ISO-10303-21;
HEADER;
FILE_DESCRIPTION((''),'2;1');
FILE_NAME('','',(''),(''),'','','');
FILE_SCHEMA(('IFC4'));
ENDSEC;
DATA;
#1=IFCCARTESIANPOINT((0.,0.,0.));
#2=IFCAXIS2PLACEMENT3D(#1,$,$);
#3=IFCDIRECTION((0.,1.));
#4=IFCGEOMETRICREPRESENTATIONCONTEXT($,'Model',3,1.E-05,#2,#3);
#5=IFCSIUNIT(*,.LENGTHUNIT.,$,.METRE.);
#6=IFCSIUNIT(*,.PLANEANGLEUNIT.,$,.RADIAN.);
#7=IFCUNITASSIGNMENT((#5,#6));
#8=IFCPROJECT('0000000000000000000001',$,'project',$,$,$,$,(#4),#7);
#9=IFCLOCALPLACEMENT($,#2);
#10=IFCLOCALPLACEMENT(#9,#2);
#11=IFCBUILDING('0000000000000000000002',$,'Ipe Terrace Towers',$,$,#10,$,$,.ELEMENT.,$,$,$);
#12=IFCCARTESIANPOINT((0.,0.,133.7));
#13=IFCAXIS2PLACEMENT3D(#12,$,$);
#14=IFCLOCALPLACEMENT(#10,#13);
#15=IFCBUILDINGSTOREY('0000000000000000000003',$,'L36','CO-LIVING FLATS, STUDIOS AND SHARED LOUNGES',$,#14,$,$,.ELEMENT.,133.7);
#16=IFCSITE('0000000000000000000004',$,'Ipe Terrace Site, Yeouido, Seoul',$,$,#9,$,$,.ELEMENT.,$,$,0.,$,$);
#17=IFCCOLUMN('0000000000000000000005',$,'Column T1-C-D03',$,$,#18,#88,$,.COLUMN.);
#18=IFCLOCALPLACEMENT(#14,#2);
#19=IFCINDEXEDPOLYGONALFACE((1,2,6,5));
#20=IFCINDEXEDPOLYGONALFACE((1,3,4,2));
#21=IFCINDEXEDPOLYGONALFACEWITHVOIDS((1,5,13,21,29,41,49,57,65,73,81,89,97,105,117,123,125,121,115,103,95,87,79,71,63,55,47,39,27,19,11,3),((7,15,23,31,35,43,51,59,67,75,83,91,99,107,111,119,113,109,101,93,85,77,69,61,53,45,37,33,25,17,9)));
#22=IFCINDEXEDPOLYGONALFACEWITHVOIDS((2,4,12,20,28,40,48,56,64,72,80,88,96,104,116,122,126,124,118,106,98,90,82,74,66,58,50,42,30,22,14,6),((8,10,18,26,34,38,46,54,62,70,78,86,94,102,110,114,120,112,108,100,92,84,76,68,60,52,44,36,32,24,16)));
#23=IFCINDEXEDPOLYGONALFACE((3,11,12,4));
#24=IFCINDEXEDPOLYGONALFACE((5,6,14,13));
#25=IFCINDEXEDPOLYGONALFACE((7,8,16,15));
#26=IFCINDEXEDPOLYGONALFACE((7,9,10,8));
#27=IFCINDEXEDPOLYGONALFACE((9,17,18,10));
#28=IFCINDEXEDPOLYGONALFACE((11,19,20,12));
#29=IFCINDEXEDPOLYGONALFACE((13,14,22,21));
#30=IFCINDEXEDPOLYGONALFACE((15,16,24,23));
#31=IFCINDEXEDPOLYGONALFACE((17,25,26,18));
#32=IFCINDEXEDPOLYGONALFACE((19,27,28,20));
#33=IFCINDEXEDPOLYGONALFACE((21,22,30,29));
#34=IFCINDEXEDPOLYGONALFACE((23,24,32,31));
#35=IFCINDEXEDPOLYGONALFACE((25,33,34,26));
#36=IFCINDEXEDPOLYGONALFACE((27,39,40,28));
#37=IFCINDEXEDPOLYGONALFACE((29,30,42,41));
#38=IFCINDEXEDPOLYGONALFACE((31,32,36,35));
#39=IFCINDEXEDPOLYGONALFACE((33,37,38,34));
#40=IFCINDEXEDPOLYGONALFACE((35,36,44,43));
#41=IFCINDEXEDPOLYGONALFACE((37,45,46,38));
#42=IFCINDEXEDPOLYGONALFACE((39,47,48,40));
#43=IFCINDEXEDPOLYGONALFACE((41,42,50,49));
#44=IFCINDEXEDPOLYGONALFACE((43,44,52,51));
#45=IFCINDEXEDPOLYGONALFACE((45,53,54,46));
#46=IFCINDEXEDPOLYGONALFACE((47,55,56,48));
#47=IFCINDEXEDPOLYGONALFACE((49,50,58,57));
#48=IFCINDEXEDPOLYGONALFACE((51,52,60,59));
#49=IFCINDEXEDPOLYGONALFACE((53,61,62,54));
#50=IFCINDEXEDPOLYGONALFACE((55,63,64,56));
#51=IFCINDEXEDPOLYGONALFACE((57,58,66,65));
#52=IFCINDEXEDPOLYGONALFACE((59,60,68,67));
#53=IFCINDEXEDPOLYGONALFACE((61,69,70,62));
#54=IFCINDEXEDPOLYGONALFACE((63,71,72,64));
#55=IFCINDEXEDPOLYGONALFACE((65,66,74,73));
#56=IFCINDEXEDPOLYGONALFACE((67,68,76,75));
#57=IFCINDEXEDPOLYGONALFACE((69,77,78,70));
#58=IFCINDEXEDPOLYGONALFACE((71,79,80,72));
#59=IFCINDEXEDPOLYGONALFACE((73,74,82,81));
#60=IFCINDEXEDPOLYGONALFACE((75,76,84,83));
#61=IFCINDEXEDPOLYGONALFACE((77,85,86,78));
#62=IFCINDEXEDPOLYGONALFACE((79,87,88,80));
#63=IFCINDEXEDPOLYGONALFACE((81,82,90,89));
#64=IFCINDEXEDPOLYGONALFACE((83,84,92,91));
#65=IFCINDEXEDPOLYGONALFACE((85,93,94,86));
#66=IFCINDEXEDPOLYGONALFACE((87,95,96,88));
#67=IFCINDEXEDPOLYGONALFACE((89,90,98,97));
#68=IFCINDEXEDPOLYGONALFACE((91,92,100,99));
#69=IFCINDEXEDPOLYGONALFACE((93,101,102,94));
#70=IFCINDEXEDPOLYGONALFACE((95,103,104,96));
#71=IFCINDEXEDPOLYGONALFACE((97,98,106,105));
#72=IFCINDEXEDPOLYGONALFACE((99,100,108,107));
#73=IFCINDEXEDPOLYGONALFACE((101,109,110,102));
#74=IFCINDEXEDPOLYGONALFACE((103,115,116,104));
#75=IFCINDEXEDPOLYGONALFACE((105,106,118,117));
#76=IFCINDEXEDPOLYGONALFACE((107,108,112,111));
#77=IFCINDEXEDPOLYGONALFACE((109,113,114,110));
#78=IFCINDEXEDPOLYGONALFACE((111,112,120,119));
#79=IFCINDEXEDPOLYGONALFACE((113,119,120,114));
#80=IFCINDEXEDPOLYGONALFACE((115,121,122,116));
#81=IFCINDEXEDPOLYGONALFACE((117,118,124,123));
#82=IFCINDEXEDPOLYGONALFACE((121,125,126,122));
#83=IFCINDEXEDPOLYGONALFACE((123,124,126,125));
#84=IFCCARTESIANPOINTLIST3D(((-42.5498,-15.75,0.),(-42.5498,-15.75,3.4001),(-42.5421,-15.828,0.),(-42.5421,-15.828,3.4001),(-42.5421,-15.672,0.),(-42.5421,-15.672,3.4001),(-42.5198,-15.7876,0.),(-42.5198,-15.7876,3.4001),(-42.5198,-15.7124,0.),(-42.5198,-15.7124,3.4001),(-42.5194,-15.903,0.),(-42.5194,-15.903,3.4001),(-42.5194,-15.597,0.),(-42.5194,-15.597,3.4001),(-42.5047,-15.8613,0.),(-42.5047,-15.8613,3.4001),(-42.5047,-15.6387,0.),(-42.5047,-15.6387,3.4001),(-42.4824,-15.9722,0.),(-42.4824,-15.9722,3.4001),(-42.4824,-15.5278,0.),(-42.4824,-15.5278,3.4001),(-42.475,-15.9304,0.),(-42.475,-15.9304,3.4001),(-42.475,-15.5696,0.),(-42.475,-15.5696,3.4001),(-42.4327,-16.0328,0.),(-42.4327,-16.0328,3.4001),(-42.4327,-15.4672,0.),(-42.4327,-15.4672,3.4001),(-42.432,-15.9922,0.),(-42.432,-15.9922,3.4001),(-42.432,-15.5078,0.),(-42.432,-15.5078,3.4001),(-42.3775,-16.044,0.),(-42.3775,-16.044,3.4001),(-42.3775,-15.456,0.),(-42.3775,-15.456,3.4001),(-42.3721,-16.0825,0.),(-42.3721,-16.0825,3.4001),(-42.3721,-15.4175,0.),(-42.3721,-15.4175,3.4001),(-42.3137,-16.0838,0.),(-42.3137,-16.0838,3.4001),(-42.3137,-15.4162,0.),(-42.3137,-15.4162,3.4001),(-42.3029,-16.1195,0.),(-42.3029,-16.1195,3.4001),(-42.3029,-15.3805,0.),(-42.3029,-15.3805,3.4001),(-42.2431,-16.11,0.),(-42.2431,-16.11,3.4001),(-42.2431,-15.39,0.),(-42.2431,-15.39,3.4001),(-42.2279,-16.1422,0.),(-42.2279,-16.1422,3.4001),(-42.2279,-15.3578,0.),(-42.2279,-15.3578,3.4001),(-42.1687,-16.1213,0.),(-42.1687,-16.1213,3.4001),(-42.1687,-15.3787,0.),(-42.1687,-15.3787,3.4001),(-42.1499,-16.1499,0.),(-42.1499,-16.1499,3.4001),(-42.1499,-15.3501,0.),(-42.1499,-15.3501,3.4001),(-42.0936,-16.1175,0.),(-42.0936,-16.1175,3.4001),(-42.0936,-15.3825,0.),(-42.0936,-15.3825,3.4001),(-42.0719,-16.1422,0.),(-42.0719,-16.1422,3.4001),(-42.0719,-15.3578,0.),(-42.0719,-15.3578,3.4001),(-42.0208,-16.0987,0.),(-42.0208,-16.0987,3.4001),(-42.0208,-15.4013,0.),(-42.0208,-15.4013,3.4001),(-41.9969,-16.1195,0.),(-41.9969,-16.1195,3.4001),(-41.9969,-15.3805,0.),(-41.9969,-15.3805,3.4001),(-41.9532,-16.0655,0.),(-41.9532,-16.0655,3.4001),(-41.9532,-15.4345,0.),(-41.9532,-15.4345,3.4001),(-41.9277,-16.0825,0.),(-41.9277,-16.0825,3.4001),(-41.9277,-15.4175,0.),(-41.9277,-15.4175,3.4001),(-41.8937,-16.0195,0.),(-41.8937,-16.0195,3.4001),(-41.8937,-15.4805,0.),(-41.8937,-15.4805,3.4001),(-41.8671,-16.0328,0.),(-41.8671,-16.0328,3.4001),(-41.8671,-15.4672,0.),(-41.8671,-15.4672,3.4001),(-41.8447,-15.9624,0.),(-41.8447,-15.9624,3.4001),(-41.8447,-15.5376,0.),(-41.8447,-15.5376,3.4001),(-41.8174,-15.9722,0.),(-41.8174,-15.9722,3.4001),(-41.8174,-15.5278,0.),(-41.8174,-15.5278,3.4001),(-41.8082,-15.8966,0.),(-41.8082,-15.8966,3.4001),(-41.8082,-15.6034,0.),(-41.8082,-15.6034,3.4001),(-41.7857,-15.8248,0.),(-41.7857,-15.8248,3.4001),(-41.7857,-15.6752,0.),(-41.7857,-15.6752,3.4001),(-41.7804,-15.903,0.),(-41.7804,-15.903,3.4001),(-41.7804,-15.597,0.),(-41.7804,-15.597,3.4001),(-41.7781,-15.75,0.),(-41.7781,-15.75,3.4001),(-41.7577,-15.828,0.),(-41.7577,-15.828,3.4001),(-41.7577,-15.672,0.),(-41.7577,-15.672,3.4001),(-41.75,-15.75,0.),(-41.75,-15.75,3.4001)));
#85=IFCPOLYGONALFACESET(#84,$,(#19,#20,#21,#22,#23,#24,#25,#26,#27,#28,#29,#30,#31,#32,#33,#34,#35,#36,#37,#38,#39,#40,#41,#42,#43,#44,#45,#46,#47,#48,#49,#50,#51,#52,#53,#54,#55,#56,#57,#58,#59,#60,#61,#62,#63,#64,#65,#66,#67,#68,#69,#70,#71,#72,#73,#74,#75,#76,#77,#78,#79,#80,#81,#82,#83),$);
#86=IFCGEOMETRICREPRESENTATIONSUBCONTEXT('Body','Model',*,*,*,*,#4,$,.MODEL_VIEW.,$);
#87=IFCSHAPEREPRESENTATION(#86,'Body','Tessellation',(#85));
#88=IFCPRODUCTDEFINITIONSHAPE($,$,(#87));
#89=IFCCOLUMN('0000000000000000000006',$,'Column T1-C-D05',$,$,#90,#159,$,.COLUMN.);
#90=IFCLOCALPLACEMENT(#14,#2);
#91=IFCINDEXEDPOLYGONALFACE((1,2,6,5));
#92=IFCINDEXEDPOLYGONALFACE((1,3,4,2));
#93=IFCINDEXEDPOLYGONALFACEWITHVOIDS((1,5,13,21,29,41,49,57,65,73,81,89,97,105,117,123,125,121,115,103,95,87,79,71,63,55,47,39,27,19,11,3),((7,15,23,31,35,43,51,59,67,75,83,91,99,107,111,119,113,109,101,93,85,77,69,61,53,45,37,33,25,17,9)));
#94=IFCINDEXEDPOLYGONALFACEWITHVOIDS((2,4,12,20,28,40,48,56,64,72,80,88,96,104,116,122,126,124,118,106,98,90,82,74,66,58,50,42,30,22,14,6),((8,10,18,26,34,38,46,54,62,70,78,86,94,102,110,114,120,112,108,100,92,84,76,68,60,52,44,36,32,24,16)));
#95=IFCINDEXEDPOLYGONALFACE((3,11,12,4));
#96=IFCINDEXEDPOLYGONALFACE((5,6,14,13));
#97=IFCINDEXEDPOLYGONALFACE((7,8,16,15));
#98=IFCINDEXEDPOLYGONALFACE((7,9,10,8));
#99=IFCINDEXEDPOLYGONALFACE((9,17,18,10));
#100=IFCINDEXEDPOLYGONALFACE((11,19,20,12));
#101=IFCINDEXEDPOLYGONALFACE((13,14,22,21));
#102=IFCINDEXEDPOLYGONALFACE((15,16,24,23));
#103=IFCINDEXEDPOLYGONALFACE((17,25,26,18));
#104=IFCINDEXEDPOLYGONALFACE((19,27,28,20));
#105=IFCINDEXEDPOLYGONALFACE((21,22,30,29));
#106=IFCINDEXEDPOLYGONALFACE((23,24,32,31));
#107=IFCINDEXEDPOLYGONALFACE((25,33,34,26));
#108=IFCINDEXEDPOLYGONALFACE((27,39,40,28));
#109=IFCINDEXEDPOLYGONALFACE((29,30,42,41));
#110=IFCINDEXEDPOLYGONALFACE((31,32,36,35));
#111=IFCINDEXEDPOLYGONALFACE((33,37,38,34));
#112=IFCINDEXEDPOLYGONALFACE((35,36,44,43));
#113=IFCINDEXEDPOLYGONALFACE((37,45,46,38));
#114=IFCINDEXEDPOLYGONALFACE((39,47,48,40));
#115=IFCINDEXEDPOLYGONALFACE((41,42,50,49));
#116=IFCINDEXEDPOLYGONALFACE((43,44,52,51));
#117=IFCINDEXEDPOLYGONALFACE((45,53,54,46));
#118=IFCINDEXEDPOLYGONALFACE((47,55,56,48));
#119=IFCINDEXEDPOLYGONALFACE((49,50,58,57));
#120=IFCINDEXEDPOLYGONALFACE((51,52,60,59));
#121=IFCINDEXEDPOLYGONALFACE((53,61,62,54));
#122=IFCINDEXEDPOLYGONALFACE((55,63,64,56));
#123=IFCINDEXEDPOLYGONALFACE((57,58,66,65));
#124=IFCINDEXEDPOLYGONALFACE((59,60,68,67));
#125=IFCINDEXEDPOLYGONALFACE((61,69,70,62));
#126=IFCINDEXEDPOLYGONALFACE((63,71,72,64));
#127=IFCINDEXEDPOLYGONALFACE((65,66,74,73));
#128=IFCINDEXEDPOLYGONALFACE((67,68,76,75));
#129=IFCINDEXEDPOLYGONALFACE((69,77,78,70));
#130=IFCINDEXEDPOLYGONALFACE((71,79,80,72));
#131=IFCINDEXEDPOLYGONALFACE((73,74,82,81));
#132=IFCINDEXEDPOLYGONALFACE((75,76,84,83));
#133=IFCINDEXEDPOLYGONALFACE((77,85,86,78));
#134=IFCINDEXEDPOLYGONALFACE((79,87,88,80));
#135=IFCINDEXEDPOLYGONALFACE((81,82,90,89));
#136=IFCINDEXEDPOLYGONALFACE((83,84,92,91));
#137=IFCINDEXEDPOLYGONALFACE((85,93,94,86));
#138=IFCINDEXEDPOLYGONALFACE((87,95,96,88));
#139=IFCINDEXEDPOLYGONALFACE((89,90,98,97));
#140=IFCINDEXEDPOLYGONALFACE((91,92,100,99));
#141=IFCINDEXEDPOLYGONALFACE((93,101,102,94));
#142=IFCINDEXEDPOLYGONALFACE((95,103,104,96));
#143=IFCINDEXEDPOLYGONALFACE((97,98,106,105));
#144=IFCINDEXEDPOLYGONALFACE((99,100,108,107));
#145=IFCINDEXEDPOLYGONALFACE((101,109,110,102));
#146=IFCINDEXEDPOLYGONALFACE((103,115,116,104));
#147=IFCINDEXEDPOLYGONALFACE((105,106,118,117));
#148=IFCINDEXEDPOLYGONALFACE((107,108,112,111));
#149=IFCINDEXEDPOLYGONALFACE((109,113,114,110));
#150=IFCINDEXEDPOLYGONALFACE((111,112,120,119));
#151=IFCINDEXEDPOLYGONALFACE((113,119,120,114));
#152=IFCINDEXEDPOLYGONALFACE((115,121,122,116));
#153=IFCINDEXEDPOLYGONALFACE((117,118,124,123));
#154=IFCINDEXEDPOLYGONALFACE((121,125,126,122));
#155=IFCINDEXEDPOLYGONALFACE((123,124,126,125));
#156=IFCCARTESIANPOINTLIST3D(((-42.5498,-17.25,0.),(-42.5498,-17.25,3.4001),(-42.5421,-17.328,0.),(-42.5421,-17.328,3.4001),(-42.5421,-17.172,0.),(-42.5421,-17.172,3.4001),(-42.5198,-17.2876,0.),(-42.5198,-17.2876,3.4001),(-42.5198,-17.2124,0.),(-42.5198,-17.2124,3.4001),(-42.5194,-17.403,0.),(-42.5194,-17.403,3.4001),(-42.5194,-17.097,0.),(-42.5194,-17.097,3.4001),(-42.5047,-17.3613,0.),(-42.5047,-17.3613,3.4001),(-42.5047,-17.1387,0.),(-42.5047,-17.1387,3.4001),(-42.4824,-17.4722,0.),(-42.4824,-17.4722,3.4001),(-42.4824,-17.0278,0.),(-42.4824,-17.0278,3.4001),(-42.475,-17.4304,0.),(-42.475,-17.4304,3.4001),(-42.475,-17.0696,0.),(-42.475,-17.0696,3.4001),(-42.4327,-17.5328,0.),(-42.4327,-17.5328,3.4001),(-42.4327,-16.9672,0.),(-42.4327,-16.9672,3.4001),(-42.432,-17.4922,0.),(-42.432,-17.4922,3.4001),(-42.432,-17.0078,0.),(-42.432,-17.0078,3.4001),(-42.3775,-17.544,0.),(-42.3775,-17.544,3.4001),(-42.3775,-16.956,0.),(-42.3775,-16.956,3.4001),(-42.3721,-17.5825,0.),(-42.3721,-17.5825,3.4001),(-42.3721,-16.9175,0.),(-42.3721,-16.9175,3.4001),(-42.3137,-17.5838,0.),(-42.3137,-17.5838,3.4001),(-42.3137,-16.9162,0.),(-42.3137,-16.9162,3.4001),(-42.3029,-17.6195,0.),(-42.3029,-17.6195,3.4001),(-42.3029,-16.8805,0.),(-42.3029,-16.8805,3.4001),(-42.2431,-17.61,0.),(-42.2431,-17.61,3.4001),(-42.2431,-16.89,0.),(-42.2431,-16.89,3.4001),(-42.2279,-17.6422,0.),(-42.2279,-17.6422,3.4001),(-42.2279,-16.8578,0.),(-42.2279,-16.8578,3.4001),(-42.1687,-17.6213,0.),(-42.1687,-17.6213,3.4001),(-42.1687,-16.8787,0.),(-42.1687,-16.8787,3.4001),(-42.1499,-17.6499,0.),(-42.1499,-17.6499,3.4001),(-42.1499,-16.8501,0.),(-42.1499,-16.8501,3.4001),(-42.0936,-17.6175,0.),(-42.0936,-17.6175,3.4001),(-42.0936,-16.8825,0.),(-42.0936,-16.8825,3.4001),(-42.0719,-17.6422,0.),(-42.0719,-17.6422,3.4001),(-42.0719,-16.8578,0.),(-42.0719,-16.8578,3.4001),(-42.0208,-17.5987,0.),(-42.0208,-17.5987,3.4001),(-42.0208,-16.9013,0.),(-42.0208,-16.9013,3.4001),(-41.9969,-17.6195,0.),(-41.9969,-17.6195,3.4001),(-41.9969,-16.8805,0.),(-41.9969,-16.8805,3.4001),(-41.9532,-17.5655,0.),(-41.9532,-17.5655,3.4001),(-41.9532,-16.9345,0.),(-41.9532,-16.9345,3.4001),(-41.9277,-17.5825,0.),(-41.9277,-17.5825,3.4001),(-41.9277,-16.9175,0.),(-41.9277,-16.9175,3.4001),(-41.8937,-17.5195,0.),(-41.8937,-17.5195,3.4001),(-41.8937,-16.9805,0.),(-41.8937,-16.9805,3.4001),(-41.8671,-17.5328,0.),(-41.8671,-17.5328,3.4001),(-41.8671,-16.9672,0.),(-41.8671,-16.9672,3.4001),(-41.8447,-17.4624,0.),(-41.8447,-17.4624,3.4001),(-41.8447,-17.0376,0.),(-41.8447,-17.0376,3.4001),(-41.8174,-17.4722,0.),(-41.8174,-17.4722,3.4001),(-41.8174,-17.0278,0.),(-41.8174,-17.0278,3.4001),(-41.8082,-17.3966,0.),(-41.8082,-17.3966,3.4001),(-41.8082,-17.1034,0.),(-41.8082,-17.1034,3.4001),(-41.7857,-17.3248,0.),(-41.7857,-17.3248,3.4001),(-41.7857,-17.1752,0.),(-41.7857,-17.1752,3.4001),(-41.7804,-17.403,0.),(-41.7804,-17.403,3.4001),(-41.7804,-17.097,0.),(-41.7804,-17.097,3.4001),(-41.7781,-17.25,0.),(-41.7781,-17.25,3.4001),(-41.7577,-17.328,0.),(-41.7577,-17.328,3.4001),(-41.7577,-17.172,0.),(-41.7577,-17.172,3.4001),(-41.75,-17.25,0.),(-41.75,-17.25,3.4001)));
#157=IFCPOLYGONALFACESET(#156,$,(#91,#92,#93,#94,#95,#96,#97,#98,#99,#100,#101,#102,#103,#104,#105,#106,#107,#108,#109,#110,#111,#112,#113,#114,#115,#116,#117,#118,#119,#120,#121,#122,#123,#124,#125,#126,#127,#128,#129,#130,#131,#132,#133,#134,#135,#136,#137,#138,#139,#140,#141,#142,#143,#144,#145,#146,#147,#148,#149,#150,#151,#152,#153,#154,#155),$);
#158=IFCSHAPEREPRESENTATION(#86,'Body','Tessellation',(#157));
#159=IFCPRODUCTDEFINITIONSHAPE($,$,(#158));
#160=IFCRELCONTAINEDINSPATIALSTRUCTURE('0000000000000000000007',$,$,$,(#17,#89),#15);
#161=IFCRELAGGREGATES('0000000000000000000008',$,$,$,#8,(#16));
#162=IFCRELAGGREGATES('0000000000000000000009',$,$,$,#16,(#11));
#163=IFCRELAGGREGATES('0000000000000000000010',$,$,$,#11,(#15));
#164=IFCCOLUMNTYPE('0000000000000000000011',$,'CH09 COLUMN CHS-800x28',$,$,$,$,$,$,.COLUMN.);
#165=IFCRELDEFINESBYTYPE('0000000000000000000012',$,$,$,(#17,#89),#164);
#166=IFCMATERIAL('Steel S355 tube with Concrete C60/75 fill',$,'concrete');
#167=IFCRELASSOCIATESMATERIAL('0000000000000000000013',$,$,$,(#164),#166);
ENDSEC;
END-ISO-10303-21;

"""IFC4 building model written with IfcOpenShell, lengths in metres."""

from ifc_helpers import new_model, si_unit, direction, frame, origin, origin_2d, place, context, subcontext, project, spatial, hollow_circle, extrude, material, material_profile, profile_set, type_object, element, save


model = new_model("IFC4")

# Units and contexts
model_context = context("Model", 3, precision=1e-05, world=origin(), true_north=direction((0.0, 1.0)))
body_context = subcontext(model_context, "Body", "Model", "MODEL_VIEW")
ifc_project = project(units=[si_unit("LENGTHUNIT", "METRE"), si_unit("PLANEANGLEUNIT", "RADIAN")], contexts=[model_context])

# Site, building, storey
site_placement = place(None, origin())
site = spatial("IfcSite", under=ifc_project, at=site_placement, Name="Ipe Terrace Site, Yeouido, Seoul", CompositionType="ELEMENT", RefElevation=0.0)
building_placement = place(site_placement, origin())
building = spatial("IfcBuilding", under=site, at=building_placement, Name="Ipe Terrace Towers", CompositionType="ELEMENT")
storey_placement = place(building_placement, frame((0.0, 0.0, 133.7)))
storey = spatial("IfcBuildingStorey", under=building, at=storey_placement, Name="L36", Description="CO-LIVING FLATS, STUDIOS AND SHARED LOUNGES", CompositionType="ELEMENT", Elevation=133.7)

# Columns
ifc_material_1 = material(Name="Steel S355 tube with Concrete C60/75 fill", Category="concrete")
ifc_material_profile_1 = material_profile(ifc_material_1, hollow_circle(Radius=0.3999, WallThickness=0.0281, at=origin_2d()), Name="CHS-800x28")
ifc_profile_set_1 = profile_set([ifc_material_profile_1], Name="Steel S355 tube with Concrete C60/75 fill")
column_type_1 = type_object("IfcColumnType", Name="CH09 COLUMN CHS-800x28", PredefinedType="COLUMN", material=ifc_profile_set_1)
for number, where, z_axis, x_axis, name in (
    (1, (-42.1499, -15.75, 0.0), (0.0, 0.0, 1.0), (1.0, 0.0, 0.0), "Column T1-C-D03"),
    (2, (-42.1499, -17.25, 0.0), (0.0, 0.0, 1.0), (1.0, 0.0, 0.0), "Column T1-C-D05"),
):
    element("IfcColumn", number, at=place(storey_placement, frame(where, z_axis=z_axis, x_axis=x_axis)), inside=storey, type_object=column_type_1, Name=name, PredefinedType="COLUMN", context=body_context, shape_type="SweptSolid", body=[
        extrude(hollow_circle(Radius=0.3999, WallThickness=0.0281, at=origin_2d()), origin(), (0.0, 0.0, 1.0), 3.4001),
    ])

save(model, "model.ifc")
